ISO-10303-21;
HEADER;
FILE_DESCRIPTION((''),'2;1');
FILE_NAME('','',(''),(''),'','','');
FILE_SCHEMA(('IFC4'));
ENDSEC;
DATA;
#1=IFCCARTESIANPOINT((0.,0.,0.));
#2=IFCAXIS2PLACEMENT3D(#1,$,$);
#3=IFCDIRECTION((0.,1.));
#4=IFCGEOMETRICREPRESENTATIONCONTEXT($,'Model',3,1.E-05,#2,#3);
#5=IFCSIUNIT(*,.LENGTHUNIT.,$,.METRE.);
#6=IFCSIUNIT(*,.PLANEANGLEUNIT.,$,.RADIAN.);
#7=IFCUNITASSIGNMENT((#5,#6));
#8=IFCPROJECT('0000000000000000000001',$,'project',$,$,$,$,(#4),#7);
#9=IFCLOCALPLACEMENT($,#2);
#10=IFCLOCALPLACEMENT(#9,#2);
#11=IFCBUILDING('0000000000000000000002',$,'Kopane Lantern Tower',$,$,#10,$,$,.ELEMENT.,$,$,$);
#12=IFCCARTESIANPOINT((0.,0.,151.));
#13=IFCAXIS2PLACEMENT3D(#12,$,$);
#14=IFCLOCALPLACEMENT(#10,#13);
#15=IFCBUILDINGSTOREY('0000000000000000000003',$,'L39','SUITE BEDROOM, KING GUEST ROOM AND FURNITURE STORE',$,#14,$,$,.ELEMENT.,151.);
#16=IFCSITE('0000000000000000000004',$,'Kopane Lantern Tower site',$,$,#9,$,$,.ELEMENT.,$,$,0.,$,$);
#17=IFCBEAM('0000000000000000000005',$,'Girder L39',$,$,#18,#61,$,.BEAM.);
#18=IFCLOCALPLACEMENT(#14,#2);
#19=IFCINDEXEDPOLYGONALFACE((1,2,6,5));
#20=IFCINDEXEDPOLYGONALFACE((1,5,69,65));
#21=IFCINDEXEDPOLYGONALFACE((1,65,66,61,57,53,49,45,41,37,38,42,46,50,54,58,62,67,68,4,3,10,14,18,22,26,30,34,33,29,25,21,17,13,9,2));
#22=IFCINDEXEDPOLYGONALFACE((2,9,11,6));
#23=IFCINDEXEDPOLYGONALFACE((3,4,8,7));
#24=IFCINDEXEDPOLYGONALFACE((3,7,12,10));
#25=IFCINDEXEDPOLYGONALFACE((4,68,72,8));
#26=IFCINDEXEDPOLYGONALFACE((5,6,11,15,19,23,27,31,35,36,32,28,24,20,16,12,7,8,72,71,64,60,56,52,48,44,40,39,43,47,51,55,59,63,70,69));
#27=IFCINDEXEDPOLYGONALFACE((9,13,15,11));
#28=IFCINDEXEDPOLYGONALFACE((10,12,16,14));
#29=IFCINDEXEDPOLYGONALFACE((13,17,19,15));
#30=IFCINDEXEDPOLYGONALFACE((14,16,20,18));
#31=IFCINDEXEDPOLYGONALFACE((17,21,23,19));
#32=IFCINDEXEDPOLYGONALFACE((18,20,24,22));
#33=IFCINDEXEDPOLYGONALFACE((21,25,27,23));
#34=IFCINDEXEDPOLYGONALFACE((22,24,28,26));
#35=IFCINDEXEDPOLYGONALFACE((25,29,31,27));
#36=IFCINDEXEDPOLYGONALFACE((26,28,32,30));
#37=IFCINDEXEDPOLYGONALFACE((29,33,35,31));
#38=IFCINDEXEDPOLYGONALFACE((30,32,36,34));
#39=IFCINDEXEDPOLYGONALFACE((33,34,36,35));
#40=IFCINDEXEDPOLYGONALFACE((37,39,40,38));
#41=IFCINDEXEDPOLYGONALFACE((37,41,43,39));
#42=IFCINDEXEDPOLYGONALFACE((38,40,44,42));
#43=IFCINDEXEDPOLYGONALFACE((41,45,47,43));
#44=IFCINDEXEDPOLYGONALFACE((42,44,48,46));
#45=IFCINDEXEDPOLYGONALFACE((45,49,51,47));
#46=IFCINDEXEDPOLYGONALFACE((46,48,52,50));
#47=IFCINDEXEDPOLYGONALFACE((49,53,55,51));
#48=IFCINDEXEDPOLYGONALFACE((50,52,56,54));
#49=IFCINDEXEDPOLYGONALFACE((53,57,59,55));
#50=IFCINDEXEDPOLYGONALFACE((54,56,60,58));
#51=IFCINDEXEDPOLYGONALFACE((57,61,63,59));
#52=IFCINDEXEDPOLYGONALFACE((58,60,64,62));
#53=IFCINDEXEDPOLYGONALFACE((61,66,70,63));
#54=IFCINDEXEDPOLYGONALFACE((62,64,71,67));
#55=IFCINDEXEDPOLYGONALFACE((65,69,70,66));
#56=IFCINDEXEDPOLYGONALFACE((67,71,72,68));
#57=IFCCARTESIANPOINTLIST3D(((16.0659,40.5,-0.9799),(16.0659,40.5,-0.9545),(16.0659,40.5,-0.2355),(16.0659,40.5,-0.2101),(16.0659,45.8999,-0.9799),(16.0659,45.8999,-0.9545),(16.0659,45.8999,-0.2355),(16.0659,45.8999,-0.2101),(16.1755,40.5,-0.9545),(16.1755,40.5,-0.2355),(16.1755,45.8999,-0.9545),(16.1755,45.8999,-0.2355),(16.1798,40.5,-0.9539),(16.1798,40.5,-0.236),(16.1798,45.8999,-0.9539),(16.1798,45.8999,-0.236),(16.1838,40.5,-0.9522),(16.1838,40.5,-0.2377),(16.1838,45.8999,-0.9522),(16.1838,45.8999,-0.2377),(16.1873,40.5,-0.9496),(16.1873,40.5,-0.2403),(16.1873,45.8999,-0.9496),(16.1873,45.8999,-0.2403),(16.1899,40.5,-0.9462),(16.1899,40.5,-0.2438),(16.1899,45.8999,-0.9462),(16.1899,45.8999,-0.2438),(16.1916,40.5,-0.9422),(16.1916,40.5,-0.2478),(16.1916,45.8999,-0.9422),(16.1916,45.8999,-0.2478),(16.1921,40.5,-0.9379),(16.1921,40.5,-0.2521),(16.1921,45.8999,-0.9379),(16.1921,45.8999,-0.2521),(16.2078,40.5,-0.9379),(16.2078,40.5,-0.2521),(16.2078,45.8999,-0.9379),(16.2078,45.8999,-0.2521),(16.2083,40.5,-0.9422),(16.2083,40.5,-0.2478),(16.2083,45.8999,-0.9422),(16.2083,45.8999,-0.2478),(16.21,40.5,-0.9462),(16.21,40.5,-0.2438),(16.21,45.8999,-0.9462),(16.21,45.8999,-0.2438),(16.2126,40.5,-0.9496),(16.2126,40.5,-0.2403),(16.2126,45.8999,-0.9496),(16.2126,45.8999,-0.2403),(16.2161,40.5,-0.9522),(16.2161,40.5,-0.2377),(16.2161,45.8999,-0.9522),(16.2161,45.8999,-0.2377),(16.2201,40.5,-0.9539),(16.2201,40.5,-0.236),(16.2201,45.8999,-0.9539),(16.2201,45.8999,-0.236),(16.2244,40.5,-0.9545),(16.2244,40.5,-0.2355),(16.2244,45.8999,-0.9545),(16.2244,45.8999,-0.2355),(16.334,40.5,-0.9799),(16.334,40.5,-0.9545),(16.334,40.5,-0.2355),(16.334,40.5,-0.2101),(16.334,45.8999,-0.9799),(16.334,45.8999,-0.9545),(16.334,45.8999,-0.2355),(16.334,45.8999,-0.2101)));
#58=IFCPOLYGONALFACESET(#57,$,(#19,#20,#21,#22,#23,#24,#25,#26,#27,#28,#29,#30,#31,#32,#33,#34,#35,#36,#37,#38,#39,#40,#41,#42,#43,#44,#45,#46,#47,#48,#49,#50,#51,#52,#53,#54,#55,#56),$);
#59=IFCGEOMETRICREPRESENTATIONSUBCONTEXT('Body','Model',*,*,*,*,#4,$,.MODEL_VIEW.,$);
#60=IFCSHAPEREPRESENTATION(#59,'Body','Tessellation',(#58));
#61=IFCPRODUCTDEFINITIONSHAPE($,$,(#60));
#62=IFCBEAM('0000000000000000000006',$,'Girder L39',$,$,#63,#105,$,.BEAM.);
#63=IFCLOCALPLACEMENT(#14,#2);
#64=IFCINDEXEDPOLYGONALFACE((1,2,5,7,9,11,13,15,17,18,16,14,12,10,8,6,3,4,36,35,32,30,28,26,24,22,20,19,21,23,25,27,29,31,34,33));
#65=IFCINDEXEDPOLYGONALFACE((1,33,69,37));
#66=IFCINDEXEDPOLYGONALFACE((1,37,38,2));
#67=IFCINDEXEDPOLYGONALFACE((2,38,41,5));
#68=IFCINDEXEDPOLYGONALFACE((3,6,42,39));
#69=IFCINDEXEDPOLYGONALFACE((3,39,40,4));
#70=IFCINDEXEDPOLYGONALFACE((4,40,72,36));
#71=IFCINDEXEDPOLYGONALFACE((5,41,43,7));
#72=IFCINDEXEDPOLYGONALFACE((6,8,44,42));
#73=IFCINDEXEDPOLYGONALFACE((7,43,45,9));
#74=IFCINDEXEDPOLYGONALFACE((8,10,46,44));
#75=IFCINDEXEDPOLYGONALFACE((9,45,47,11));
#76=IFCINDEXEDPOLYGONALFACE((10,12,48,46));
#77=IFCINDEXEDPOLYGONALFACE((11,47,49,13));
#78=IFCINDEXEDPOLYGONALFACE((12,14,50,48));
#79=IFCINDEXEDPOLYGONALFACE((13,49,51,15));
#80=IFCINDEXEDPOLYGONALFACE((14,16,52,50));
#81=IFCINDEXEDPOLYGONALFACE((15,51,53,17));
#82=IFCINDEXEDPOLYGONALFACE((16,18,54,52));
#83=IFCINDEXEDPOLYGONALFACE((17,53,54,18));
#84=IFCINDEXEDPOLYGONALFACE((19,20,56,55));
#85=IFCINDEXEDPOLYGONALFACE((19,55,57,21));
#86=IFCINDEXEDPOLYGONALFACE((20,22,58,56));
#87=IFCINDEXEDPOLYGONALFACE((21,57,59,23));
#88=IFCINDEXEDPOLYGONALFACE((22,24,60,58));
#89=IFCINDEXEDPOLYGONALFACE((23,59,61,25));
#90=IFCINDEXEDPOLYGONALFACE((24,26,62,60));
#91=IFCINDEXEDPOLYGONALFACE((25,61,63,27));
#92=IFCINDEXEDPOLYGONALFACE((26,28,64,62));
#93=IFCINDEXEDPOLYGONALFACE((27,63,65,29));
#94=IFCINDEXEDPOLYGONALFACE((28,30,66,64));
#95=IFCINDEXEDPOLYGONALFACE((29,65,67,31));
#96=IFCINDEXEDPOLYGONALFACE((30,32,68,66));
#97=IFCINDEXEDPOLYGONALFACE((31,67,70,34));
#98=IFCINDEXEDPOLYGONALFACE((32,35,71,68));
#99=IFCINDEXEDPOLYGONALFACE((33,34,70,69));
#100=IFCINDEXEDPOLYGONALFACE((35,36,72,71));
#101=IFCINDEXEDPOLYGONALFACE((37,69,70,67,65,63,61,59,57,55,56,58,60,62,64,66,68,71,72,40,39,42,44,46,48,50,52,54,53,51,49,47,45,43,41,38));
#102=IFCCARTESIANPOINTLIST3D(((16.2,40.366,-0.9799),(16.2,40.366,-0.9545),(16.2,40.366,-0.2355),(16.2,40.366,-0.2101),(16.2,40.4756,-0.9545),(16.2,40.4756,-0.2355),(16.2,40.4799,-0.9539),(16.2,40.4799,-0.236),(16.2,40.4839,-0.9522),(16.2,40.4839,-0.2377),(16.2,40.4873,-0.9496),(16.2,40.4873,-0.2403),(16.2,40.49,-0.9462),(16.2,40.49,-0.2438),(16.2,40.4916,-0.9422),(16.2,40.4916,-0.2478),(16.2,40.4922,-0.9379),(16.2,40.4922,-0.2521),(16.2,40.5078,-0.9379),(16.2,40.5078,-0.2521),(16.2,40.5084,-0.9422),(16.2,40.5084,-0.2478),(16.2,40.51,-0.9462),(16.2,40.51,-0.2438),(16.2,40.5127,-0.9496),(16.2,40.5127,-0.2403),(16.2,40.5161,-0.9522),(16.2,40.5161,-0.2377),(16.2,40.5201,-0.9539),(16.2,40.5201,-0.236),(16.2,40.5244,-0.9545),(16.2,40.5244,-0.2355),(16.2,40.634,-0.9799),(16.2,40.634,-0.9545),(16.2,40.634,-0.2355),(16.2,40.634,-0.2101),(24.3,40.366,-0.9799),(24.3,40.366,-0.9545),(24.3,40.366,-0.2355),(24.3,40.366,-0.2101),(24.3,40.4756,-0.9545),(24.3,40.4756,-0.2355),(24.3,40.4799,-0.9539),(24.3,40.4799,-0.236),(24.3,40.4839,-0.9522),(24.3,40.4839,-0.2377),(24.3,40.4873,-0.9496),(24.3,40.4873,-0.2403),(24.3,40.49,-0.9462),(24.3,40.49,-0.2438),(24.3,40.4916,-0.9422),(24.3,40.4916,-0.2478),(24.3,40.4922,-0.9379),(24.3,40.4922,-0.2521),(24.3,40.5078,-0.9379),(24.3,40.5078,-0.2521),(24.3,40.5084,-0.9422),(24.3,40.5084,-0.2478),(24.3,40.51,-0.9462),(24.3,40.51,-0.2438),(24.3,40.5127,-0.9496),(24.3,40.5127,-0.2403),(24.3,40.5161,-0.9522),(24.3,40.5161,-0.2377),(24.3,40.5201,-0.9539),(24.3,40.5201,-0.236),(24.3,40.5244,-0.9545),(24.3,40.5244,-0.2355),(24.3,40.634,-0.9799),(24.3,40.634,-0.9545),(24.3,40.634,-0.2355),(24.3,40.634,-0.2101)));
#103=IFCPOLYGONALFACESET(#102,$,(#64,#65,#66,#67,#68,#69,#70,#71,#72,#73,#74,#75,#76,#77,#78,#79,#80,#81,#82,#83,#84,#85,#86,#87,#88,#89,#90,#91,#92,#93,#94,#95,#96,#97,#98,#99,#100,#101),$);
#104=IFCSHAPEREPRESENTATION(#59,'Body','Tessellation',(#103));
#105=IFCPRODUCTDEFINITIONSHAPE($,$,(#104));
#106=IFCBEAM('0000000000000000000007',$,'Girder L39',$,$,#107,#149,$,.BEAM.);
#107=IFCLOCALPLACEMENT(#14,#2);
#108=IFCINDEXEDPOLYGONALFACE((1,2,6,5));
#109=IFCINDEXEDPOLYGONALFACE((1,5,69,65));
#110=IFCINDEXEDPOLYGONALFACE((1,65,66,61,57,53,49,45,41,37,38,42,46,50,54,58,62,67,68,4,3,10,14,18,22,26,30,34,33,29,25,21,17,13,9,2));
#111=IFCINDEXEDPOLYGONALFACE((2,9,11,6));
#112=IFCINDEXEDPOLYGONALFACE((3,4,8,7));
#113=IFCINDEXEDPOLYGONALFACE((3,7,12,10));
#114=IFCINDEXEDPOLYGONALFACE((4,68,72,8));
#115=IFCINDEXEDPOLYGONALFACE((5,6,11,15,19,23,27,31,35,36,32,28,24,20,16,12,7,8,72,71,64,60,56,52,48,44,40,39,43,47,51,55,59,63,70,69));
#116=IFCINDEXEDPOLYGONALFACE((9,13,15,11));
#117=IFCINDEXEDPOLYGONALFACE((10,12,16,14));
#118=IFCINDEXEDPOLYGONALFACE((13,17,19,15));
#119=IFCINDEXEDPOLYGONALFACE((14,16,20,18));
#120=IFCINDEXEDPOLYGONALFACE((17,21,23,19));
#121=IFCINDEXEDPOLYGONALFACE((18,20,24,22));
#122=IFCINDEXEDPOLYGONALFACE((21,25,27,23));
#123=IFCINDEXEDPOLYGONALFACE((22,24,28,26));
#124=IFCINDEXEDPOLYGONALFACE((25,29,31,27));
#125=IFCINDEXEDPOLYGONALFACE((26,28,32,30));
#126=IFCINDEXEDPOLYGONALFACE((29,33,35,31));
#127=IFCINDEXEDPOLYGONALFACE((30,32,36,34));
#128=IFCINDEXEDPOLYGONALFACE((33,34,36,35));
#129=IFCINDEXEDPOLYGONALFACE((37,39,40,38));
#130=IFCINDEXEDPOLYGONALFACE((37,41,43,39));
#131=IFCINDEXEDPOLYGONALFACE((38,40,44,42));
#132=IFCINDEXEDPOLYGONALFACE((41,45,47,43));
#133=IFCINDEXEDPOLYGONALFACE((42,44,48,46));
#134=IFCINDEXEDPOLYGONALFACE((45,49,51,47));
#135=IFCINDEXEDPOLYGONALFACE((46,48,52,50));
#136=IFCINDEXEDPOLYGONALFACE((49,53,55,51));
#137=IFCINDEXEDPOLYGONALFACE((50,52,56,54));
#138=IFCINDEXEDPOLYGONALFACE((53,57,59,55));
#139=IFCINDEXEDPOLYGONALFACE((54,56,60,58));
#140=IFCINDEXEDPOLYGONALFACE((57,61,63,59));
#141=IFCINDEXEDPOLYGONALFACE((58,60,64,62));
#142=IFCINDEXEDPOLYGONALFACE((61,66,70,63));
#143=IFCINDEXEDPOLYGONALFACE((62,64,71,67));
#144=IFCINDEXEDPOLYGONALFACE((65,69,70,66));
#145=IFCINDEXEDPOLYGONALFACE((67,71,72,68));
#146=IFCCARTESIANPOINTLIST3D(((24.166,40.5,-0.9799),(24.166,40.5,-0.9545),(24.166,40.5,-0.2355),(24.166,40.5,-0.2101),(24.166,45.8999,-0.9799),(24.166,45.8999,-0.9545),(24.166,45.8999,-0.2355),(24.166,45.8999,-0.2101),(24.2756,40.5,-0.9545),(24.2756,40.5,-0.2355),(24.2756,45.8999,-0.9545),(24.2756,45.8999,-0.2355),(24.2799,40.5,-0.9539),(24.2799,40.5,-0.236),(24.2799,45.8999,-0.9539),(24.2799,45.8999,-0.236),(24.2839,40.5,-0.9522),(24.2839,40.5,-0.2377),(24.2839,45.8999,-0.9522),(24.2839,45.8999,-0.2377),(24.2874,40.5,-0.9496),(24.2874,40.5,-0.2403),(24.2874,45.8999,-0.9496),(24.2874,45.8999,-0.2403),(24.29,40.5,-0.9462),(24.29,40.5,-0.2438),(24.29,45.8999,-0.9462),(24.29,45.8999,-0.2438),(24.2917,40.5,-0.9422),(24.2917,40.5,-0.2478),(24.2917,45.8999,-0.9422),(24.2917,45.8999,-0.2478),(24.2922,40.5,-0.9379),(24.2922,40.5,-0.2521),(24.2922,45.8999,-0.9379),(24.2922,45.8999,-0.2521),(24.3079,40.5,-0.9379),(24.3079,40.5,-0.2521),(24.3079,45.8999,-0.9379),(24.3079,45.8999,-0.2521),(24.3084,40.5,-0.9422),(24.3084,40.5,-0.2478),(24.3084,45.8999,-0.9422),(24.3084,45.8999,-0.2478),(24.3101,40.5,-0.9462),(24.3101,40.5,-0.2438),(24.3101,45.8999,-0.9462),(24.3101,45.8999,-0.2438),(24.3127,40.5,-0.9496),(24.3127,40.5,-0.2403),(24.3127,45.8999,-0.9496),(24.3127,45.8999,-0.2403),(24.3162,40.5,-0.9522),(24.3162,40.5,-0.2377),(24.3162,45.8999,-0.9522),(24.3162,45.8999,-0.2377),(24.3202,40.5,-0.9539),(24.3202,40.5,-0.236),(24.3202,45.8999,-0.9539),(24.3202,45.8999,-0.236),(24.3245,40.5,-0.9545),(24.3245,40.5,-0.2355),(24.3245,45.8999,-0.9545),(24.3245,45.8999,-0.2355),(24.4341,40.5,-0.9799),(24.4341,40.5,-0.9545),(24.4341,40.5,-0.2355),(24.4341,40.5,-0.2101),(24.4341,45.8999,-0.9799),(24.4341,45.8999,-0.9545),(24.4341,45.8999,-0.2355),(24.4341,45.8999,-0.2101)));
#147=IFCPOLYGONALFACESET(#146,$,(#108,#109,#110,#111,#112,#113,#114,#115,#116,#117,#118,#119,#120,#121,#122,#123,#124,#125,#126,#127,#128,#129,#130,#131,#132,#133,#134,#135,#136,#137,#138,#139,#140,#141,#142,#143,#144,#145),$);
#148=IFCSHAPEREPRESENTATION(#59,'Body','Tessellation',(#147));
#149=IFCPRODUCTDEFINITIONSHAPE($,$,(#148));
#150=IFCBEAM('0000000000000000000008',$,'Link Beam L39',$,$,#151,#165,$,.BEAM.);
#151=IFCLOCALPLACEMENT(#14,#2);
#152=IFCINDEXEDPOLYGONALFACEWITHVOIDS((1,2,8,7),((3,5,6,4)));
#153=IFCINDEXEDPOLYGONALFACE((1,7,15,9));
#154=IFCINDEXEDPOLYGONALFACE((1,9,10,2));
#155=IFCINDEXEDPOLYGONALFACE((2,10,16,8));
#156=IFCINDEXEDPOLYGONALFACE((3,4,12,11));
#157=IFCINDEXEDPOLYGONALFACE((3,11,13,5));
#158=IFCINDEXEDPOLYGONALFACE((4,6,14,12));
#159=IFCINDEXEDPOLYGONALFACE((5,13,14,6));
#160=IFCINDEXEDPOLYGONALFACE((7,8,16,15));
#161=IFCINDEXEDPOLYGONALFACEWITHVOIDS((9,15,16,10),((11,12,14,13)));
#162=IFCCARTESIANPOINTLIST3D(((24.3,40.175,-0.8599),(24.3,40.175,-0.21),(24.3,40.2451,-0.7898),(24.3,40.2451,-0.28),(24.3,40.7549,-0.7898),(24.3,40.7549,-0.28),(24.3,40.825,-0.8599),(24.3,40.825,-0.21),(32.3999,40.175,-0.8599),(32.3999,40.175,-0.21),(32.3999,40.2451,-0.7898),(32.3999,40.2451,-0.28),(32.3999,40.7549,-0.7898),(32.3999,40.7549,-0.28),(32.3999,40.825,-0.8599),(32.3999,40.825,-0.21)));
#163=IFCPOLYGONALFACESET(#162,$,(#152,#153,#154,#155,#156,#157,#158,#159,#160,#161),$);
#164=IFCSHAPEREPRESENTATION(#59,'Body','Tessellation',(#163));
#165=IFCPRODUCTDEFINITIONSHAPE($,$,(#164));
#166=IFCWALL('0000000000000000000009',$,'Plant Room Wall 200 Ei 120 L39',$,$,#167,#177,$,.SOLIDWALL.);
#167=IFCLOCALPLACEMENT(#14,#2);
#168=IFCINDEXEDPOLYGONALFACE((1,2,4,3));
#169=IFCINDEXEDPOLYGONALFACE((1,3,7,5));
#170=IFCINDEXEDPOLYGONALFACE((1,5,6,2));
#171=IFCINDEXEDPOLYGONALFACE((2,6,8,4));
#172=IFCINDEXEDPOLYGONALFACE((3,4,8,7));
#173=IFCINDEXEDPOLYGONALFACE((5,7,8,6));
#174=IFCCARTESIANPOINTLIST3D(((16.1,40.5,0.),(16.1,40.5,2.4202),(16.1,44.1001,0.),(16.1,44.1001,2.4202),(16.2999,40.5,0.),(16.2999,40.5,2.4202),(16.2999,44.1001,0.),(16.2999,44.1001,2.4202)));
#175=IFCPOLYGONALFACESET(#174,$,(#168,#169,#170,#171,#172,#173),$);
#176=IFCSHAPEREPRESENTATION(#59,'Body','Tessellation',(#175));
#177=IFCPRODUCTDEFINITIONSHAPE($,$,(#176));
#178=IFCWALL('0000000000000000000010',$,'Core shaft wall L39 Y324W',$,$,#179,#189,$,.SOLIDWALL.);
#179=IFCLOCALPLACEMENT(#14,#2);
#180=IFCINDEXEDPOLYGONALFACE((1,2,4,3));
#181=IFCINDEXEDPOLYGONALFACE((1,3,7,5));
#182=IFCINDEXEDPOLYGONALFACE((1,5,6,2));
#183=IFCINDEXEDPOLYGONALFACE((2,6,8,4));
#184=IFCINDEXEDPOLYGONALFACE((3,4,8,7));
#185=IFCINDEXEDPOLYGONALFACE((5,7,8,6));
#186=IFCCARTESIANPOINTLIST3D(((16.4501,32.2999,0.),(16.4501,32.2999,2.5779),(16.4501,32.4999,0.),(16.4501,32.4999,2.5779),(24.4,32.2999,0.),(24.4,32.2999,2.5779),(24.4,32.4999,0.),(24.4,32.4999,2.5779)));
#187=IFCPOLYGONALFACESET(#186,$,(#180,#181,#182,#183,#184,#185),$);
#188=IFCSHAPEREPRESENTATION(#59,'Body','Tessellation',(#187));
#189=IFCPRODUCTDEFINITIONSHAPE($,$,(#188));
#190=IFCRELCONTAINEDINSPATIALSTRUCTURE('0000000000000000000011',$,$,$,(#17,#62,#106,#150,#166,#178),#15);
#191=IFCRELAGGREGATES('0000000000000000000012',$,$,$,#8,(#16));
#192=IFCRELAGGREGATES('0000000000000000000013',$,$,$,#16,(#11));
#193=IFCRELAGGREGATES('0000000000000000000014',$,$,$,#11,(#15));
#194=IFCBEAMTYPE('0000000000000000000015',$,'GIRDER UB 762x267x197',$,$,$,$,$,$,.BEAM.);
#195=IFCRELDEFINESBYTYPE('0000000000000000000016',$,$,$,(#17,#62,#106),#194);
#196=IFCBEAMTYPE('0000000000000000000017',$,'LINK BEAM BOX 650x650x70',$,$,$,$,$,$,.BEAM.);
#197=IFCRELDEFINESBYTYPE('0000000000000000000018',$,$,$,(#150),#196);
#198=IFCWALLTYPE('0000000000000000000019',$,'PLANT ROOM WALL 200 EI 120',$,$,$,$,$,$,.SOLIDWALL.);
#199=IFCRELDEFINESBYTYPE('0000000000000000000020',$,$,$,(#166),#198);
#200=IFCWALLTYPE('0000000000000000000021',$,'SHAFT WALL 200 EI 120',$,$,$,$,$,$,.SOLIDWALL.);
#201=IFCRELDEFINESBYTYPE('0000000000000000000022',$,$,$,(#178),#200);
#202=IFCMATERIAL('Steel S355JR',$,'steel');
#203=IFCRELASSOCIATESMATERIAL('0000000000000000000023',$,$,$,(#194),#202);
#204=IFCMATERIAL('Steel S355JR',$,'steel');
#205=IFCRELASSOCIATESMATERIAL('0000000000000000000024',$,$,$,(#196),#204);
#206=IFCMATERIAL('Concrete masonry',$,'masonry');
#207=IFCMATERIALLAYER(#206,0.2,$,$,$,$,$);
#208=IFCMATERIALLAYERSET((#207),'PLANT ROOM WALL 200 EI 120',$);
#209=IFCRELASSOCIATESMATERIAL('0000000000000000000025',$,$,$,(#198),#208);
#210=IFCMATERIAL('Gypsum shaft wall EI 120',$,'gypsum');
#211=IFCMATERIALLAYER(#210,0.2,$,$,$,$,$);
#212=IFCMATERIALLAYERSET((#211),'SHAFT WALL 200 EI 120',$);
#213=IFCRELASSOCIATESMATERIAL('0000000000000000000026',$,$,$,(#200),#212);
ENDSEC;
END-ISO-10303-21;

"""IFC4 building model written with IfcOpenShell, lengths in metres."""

from ifc_helpers import new_model, si_unit, direction, frame, frame_2d, origin, origin_2d, place, context, subcontext, project, spatial, rectangle, hollow_rectangle, i_section, extrude, material, layer, layer_set, material_profile, profile_set, type_object, element, save


model = new_model("IFC4")

# Units and contexts
model_context = context("Model", 3, precision=1e-05, world=origin(), true_north=direction((0.0, 1.0)))
body_context = subcontext(model_context, "Body", "Model", "MODEL_VIEW")
ifc_project = project(units=[si_unit("LENGTHUNIT", "METRE"), si_unit("PLANEANGLEUNIT", "RADIAN")], contexts=[model_context])

# Site, building, storey
site_placement = place(None, origin())
site = spatial("IfcSite", under=ifc_project, at=site_placement, Name="Kopane Lantern Tower site", CompositionType="ELEMENT", RefElevation=0.0)
building_placement = place(site_placement, origin())
building = spatial("IfcBuilding", under=site, at=building_placement, Name="Kopane Lantern Tower", CompositionType="ELEMENT")
storey_placement = place(building_placement, frame((0.0, 0.0, 151.0)))
storey = spatial("IfcBuildingStorey", under=building, at=storey_placement, Name="L39", Description="SUITE BEDROOM, KING GUEST ROOM AND FURNITURE STORE", CompositionType="ELEMENT", Elevation=151.0)

# Beams
ifc_material_1 = material(Name="Steel S355JR", Category="steel")
ifc_material_profile_1 = material_profile(ifc_material_1, i_section(OverallWidth=0.2681, OverallDepth=0.7698, WebThickness=0.0156, FlangeThickness=0.0254, FilletRadius=0.0166, at=origin_2d()), Name="UB 762x267x197")
ifc_profile_set_1 = profile_set([ifc_material_profile_1], Name="Steel S355JR")
beam_type_1 = type_object("IfcBeamType", Name="GIRDER UB 762x267x197", PredefinedType="BEAM", material=ifc_profile_set_1)
beam_1_placement = place(storey_placement, frame((16.2, 40.5, -0.595), z_axis=(0.0, 1.0, 0.0), x_axis=(-1.0, 0.0, 0.0)))
element("IfcBeam", 1, at=beam_1_placement, inside=storey, type_object=beam_type_1, Name="Girder L39", PredefinedType="BEAM", context=body_context, shape_type="SweptSolid", body=[
    extrude(i_section(OverallWidth=0.2681, OverallDepth=0.7698, WebThickness=0.0156, FlangeThickness=0.0254, FilletRadius=0.0166, at=origin_2d()), origin(), (0.0, 0.0, 1.0), 5.3999),
])
beam_2_placement = place(storey_placement, frame((16.2, 40.5, -0.595), z_axis=(1.0, 0.0, 0.0), x_axis=(0.0, 1.0, 0.0)))
element("IfcBeam", 2, at=beam_2_placement, inside=storey, type_object=beam_type_1, Name="Girder L39", PredefinedType="BEAM", context=body_context, shape_type="SweptSolid", body=[
    extrude(i_section(OverallWidth=0.2681, OverallDepth=0.7698, WebThickness=0.0156, FlangeThickness=0.0254, FilletRadius=0.0166, at=origin_2d()), origin(), (0.0, 0.0, 1.0), 8.1001),
])
beam_3_placement = place(storey_placement, frame((24.3, 40.5, -0.595), z_axis=(0.0, 1.0, 0.0), x_axis=(-1.0, 0.0, 0.0)))
element("IfcBeam", 3, at=beam_3_placement, inside=storey, type_object=beam_type_1, Name="Girder L39", PredefinedType="BEAM", context=body_context, shape_type="SweptSolid", body=[
    extrude(i_section(OverallWidth=0.2681, OverallDepth=0.7698, WebThickness=0.0156, FlangeThickness=0.0254, FilletRadius=0.0166, at=origin_2d()), origin(), (0.0, 0.0, 1.0), 5.3999),
])
ifc_material_2 = material(Name="Steel S355JR", Category="steel")
ifc_material_profile_2 = material_profile(ifc_material_2, hollow_rectangle(XDim=0.6499, YDim=0.6499, WallThickness=0.0701, at=origin_2d()), Name="BOX 650x650x70")
ifc_profile_set_2 = profile_set([ifc_material_profile_2], Name="Steel S355JR")
beam_type_2 = type_object("IfcBeamType", Name="LINK BEAM BOX 650x650x70", PredefinedType="BEAM", material=ifc_profile_set_2)
beam_4_placement = place(storey_placement, frame((24.3, 40.5, -0.5349), z_axis=(1.0, 0.0, 0.0), x_axis=(0.0, 1.0, 0.0)))
element("IfcBeam", 4, at=beam_4_placement, inside=storey, type_object=beam_type_2, Name="Link Beam L39", PredefinedType="BEAM", context=body_context, shape_type="SweptSolid", body=[
    extrude(hollow_rectangle(XDim=0.6499, YDim=0.6499, WallThickness=0.0701, at=origin_2d()), origin(), (0.0, 0.0, 1.0), 8.0999),
])

# Walls
ifc_material_3 = material(Name="Concrete masonry", Category="masonry")
ifc_layer_1 = layer(ifc_material_3, 0.2)
ifc_layer_set_1 = layer_set([ifc_layer_1], Name="PLANT ROOM WALL 200 EI 120")
wall_type_1 = type_object("IfcWallType", Name="PLANT ROOM WALL 200 EI 120", PredefinedType="SOLIDWALL", material=ifc_layer_set_1)
wall_1_placement = place(storey_placement, frame((16.2, 40.5, 0.0), z_axis=(0.0, 0.0, 1.0), x_axis=(0.0, 1.0, 0.0)))
element("IfcWall", 5, at=wall_1_placement, inside=storey, type_object=wall_type_1, Name="Plant Room Wall 200 Ei 120 L39", PredefinedType="SOLIDWALL", context=body_context, shape_type="SweptSolid", body=[
    extrude(rectangle(XDim=3.6001, YDim=0.2, at=frame_2d((1.8, 0.0))), origin(), (0.0, 0.0, 1.0), 2.4202),
])
ifc_material_4 = material(Name="Gypsum shaft wall EI 120", Category="gypsum")
ifc_layer_2 = layer(ifc_material_4, 0.2)
ifc_layer_set_2 = layer_set([ifc_layer_2], Name="SHAFT WALL 200 EI 120")
wall_type_2 = type_object("IfcWallType", Name="SHAFT WALL 200 EI 120", PredefinedType="SOLIDWALL", material=ifc_layer_set_2)
wall_2_placement = place(storey_placement, frame((16.45, 32.3999, 0.0), z_axis=(0.0, 0.0, 1.0), x_axis=(1.0, 0.0, 0.0)))
element("IfcWall", 6, at=wall_2_placement, inside=storey, type_object=wall_type_2, Name="Core shaft wall L39 Y324W", PredefinedType="SOLIDWALL", context=body_context, shape_type="SweptSolid", body=[
    extrude(rectangle(XDim=7.95, YDim=0.2, at=frame_2d((3.9751, 0.0))), origin(), (0.0, 0.0, 1.0), 2.5779),
])

save(model, "model.ifc")
